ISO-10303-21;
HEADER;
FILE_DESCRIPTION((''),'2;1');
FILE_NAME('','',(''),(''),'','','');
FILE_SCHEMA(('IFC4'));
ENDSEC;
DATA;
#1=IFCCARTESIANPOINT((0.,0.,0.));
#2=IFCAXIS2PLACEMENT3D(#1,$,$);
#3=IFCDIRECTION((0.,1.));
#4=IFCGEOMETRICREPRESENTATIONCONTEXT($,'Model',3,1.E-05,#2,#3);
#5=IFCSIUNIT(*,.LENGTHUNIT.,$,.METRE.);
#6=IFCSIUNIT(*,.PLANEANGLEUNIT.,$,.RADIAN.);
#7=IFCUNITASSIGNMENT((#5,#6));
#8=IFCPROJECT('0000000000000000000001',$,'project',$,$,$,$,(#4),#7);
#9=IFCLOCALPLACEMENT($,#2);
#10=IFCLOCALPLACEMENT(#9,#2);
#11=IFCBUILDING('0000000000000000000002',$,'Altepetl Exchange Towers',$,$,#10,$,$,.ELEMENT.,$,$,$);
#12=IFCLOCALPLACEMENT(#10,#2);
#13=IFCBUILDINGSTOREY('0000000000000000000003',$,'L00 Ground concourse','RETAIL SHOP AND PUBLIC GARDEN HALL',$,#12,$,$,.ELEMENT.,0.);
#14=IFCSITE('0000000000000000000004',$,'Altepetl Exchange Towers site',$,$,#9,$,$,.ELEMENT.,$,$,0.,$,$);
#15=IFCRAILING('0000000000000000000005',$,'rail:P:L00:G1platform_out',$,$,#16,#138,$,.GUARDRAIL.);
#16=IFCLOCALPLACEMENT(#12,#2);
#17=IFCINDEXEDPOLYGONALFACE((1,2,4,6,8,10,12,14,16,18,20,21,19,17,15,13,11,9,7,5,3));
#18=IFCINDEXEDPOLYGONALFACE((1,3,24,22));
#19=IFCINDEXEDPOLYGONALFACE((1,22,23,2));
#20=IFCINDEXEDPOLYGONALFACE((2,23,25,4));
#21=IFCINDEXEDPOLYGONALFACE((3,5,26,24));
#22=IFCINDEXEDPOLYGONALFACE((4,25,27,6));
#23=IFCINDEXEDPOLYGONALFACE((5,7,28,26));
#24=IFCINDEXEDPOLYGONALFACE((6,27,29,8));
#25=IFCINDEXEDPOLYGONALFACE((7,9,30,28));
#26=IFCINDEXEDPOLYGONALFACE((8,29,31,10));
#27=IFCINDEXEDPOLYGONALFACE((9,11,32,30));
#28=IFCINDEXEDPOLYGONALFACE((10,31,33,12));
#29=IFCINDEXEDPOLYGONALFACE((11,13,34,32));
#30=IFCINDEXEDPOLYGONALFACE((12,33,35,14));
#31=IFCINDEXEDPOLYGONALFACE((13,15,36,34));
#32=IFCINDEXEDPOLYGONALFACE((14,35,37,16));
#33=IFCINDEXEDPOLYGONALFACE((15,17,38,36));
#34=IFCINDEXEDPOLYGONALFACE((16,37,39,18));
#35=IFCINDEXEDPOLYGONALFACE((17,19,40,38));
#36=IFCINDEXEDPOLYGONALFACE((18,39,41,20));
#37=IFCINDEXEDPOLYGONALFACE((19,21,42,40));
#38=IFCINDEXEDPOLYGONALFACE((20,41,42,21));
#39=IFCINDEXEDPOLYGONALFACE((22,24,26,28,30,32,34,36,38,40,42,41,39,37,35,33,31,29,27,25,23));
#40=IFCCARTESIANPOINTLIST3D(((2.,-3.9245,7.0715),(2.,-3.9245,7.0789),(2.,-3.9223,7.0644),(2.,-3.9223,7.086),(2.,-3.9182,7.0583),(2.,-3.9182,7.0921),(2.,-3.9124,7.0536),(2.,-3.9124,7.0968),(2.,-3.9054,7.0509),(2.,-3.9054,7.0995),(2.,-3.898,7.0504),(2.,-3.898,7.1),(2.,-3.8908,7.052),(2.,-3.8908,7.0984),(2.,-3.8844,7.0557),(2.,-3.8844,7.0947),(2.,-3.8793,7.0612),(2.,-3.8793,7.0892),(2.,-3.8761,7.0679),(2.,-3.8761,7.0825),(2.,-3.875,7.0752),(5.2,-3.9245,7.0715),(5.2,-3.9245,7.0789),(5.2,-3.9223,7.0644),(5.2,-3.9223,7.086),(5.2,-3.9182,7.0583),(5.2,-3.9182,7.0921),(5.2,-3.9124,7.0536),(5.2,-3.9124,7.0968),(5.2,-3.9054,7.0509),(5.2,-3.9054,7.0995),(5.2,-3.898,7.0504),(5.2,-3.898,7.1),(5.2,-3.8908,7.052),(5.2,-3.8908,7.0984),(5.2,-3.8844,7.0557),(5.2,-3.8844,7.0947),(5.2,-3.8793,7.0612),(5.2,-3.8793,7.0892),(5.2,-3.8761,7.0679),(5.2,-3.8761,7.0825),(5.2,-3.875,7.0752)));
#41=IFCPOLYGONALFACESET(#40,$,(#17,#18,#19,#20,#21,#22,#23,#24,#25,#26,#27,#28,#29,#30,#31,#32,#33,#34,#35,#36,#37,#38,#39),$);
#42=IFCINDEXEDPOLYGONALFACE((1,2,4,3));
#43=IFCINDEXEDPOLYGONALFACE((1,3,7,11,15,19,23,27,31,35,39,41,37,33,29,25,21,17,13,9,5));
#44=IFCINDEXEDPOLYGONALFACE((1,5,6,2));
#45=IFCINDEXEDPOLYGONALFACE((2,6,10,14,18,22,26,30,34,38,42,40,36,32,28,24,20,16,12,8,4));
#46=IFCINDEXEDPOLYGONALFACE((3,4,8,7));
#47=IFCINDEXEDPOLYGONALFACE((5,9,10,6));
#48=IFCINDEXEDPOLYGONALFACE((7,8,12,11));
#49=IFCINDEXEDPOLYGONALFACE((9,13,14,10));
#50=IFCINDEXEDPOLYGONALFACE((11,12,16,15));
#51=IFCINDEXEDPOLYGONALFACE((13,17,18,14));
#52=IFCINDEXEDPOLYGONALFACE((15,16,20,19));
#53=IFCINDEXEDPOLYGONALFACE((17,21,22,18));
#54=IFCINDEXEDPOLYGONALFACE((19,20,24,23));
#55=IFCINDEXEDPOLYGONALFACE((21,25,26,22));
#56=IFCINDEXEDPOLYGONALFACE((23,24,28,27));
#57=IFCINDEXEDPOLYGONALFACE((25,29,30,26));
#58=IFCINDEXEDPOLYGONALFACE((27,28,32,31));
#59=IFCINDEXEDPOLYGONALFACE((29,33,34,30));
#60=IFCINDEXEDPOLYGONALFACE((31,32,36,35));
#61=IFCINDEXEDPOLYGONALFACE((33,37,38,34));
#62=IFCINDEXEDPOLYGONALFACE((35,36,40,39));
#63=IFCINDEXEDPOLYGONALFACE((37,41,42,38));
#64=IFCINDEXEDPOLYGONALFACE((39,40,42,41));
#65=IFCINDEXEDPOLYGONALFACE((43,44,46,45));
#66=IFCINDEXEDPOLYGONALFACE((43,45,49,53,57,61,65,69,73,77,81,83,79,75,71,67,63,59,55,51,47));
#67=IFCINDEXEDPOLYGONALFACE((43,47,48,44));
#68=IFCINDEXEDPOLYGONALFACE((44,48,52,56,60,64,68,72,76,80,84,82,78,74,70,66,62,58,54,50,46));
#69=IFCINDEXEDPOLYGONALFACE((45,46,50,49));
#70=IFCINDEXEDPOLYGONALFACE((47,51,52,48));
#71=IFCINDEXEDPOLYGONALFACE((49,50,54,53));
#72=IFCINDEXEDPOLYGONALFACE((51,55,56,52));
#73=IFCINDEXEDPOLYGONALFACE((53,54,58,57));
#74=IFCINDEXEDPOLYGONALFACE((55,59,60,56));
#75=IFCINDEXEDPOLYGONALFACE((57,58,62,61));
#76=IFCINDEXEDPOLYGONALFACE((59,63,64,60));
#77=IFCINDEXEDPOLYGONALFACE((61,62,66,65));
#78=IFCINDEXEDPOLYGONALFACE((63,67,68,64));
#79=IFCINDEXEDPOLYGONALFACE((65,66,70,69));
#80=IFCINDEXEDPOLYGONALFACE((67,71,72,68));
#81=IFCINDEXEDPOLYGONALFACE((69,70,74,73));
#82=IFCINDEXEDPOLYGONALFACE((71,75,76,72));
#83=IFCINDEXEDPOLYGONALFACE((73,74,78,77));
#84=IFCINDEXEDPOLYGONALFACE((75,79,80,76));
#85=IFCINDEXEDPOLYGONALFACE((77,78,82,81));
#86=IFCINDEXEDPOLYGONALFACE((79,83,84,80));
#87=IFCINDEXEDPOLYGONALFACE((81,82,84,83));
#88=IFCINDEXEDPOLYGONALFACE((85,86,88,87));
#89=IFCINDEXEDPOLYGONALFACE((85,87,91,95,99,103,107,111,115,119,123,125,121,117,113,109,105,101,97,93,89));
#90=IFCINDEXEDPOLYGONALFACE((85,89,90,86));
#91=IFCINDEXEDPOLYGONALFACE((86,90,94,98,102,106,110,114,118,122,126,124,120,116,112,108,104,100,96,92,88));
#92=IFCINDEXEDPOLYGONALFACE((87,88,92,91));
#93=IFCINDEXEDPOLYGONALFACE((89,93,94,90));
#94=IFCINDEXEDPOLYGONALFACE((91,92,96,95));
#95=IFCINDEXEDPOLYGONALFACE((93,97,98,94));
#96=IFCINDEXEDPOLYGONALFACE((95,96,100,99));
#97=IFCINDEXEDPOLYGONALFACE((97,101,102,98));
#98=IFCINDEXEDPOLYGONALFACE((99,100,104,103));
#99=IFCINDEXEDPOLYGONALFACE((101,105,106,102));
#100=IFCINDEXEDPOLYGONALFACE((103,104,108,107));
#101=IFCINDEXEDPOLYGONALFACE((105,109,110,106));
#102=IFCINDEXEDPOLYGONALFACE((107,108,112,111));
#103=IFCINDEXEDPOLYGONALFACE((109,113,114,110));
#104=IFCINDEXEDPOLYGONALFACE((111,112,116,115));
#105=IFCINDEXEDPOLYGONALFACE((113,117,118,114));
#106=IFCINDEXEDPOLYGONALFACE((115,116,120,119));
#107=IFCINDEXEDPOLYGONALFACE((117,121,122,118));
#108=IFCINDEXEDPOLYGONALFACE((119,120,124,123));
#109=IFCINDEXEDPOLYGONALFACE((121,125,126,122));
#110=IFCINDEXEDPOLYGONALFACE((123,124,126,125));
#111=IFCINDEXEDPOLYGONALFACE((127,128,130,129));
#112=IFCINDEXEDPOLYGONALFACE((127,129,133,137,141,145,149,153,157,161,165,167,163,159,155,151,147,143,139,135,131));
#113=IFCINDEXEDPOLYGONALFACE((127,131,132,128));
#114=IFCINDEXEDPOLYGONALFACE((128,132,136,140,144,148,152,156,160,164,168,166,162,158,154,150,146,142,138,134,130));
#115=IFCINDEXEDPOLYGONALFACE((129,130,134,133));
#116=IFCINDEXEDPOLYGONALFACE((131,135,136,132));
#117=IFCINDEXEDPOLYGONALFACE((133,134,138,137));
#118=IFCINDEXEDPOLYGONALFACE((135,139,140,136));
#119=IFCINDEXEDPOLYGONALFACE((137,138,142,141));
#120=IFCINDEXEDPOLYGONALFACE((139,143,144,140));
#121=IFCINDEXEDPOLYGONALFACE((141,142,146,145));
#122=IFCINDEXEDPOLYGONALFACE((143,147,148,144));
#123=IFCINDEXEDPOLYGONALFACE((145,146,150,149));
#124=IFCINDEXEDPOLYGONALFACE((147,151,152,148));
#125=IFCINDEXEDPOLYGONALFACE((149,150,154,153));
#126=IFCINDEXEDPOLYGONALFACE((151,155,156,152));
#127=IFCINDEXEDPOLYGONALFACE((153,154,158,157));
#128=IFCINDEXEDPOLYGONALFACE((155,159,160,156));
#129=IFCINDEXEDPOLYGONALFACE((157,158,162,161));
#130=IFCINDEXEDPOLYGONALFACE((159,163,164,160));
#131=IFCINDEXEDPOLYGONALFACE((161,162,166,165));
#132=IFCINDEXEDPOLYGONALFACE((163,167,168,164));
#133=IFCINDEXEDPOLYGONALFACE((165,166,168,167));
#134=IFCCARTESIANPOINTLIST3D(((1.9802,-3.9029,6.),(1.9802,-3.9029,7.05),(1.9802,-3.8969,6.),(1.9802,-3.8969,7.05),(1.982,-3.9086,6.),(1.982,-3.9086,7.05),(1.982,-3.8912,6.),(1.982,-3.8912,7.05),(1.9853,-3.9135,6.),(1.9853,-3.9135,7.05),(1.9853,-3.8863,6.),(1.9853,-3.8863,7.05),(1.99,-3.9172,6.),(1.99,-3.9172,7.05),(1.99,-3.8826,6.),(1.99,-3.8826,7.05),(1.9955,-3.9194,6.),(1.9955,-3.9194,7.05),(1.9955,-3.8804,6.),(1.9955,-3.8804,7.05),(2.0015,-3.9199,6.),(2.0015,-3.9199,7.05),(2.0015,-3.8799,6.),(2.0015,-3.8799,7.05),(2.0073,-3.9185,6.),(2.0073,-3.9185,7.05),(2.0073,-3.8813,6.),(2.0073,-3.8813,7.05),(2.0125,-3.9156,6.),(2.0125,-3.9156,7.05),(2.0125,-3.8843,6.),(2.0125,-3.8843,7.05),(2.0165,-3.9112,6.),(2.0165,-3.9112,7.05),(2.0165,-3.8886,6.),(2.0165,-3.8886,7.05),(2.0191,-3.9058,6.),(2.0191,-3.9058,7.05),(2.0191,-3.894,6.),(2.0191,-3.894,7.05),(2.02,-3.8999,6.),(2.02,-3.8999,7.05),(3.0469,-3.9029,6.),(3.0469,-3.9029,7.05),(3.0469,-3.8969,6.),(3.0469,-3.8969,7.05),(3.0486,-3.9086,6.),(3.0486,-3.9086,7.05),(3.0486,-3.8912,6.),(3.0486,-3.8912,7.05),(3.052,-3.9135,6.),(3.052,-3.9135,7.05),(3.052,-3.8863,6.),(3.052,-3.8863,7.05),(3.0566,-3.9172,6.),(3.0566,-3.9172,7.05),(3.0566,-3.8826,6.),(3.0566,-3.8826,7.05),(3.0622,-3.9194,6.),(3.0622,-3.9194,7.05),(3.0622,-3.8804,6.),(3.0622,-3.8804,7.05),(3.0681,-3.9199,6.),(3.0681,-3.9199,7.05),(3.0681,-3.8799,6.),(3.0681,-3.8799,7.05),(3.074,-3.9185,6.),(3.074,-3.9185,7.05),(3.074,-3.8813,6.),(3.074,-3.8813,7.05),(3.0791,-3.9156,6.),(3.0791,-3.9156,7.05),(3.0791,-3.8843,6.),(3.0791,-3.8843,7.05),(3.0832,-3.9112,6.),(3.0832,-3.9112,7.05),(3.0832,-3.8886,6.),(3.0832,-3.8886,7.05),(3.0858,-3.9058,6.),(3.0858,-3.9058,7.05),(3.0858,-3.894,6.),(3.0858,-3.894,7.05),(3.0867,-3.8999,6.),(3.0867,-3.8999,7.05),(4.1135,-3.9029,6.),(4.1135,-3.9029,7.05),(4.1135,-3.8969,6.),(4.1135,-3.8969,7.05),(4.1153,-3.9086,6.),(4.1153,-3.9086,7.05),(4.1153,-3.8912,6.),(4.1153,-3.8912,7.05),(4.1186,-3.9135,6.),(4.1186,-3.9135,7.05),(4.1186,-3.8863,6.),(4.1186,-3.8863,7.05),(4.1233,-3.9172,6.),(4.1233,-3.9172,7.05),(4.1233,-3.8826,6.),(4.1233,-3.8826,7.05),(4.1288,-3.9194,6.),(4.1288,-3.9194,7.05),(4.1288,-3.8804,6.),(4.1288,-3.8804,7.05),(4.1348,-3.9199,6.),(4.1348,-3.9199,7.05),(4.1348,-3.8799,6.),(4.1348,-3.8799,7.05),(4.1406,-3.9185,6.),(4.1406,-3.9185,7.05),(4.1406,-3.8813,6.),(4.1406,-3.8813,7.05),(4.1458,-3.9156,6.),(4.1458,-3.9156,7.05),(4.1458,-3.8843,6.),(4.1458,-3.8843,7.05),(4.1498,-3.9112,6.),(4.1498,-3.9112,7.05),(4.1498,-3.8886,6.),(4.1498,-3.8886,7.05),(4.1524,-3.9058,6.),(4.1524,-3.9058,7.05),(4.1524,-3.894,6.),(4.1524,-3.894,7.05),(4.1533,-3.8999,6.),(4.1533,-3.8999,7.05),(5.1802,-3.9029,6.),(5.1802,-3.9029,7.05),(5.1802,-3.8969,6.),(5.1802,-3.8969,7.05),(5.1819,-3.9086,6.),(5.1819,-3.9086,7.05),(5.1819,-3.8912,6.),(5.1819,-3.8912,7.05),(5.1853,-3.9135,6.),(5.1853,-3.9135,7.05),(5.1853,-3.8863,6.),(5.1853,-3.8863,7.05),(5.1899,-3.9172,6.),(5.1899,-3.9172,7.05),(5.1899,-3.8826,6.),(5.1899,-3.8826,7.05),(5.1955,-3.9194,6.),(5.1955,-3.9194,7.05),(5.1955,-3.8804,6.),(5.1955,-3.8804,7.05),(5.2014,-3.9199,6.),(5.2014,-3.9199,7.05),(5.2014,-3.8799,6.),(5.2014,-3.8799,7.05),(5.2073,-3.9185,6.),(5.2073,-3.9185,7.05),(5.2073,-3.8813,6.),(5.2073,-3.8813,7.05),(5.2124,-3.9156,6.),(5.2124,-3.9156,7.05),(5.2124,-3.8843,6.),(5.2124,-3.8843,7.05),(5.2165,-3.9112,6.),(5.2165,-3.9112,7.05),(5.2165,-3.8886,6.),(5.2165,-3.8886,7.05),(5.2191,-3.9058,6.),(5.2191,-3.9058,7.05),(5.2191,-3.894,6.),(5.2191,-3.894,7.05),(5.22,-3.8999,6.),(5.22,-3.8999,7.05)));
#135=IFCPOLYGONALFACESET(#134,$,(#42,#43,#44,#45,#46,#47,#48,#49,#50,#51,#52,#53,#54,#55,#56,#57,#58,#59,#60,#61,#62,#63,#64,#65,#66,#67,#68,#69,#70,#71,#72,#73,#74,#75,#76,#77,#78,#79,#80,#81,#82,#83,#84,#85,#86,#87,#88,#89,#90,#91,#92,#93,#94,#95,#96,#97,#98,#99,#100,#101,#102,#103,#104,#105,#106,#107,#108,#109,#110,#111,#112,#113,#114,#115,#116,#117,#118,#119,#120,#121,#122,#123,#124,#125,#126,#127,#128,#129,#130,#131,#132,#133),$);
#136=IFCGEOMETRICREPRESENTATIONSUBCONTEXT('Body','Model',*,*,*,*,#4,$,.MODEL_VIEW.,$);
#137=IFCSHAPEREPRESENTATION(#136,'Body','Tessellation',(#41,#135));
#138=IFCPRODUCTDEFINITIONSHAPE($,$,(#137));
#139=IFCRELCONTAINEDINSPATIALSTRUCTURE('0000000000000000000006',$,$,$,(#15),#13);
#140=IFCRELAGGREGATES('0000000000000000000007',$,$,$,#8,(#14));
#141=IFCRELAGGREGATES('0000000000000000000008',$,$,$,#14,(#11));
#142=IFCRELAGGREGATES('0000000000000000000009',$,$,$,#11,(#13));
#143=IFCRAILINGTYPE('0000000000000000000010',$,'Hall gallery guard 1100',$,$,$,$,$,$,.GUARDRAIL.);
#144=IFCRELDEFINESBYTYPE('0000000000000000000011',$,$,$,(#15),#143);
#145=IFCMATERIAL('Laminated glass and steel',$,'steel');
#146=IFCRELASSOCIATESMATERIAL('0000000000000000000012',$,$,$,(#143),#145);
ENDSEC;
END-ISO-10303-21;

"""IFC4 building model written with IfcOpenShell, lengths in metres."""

from ifc_helpers import new_model, si_unit, direction, frame, origin, origin_2d, place, context, subcontext, project, spatial, circle, extrude, source, transform, mapped, material, type_object, element, save


model = new_model("IFC4")

# Units and contexts
model_context = context("Model", 3, precision=1e-05, world=origin(), true_north=direction((0.0, 1.0)))
body_context = subcontext(model_context, "Body", "Model", "MODEL_VIEW")
ifc_project = project(units=[si_unit("LENGTHUNIT", "METRE"), si_unit("PLANEANGLEUNIT", "RADIAN")], contexts=[model_context])

# Site, building, storey
site_placement = place(None, origin())
site = spatial("IfcSite", under=ifc_project, at=site_placement, Name="Altepetl Exchange Towers site", CompositionType="ELEMENT", RefElevation=0.0)
building_placement = place(site_placement, origin())
building = spatial("IfcBuilding", under=site, at=building_placement, Name="Altepetl Exchange Towers", CompositionType="ELEMENT")
storey_placement = place(building_placement, origin())
storey = spatial("IfcBuildingStorey", under=building, at=storey_placement, Name="L00 Ground concourse", Description="RETAIL SHOP AND PUBLIC GARDEN HALL", CompositionType="ELEMENT", Elevation=0.0)

# Railing
ifc_material_1 = material(Name="Laminated glass and steel", Category="steel")
railing_type = type_object("IfcRailingType", Name="Hall gallery guard 1100", PredefinedType="GUARDRAIL", material=ifc_material_1)
shared_shape = source(origin(), body_context, "Body", "SweptSolid", [
    extrude(circle(Radius=0.02, at=origin_2d()), origin(), (0.0, 0.0, 1.0), 1.05),
])
railing_placement = place(storey_placement, frame((2.0, -3.8999, 6.0)))
element("IfcRailing", 1, at=railing_placement, inside=storey, type_object=railing_type, Name="rail:P:L00:G1platform_out", PredefinedType="GUARDRAIL", context=body_context, shape_type="SweptSolid", body=[
    extrude(circle(Radius=0.0249, at=origin_2d()), frame((0.0, 0.0, 1.0752), z_axis=(1.0, 0.0, 0.0), x_axis=(0.0, 1.0, 0.0)), (0.0, 0.0, 1.0), 3.2),
    mapped(shared_shape, transform((0.0, 0.0, 0.0))),
    mapped(shared_shape, transform((1.0667, 0.0, 0.0))),
    mapped(shared_shape, transform((2.1333, 0.0, 0.0))),
    mapped(shared_shape, transform((3.2, 0.0, 0.0))),
])

save(model, "model.ifc")
